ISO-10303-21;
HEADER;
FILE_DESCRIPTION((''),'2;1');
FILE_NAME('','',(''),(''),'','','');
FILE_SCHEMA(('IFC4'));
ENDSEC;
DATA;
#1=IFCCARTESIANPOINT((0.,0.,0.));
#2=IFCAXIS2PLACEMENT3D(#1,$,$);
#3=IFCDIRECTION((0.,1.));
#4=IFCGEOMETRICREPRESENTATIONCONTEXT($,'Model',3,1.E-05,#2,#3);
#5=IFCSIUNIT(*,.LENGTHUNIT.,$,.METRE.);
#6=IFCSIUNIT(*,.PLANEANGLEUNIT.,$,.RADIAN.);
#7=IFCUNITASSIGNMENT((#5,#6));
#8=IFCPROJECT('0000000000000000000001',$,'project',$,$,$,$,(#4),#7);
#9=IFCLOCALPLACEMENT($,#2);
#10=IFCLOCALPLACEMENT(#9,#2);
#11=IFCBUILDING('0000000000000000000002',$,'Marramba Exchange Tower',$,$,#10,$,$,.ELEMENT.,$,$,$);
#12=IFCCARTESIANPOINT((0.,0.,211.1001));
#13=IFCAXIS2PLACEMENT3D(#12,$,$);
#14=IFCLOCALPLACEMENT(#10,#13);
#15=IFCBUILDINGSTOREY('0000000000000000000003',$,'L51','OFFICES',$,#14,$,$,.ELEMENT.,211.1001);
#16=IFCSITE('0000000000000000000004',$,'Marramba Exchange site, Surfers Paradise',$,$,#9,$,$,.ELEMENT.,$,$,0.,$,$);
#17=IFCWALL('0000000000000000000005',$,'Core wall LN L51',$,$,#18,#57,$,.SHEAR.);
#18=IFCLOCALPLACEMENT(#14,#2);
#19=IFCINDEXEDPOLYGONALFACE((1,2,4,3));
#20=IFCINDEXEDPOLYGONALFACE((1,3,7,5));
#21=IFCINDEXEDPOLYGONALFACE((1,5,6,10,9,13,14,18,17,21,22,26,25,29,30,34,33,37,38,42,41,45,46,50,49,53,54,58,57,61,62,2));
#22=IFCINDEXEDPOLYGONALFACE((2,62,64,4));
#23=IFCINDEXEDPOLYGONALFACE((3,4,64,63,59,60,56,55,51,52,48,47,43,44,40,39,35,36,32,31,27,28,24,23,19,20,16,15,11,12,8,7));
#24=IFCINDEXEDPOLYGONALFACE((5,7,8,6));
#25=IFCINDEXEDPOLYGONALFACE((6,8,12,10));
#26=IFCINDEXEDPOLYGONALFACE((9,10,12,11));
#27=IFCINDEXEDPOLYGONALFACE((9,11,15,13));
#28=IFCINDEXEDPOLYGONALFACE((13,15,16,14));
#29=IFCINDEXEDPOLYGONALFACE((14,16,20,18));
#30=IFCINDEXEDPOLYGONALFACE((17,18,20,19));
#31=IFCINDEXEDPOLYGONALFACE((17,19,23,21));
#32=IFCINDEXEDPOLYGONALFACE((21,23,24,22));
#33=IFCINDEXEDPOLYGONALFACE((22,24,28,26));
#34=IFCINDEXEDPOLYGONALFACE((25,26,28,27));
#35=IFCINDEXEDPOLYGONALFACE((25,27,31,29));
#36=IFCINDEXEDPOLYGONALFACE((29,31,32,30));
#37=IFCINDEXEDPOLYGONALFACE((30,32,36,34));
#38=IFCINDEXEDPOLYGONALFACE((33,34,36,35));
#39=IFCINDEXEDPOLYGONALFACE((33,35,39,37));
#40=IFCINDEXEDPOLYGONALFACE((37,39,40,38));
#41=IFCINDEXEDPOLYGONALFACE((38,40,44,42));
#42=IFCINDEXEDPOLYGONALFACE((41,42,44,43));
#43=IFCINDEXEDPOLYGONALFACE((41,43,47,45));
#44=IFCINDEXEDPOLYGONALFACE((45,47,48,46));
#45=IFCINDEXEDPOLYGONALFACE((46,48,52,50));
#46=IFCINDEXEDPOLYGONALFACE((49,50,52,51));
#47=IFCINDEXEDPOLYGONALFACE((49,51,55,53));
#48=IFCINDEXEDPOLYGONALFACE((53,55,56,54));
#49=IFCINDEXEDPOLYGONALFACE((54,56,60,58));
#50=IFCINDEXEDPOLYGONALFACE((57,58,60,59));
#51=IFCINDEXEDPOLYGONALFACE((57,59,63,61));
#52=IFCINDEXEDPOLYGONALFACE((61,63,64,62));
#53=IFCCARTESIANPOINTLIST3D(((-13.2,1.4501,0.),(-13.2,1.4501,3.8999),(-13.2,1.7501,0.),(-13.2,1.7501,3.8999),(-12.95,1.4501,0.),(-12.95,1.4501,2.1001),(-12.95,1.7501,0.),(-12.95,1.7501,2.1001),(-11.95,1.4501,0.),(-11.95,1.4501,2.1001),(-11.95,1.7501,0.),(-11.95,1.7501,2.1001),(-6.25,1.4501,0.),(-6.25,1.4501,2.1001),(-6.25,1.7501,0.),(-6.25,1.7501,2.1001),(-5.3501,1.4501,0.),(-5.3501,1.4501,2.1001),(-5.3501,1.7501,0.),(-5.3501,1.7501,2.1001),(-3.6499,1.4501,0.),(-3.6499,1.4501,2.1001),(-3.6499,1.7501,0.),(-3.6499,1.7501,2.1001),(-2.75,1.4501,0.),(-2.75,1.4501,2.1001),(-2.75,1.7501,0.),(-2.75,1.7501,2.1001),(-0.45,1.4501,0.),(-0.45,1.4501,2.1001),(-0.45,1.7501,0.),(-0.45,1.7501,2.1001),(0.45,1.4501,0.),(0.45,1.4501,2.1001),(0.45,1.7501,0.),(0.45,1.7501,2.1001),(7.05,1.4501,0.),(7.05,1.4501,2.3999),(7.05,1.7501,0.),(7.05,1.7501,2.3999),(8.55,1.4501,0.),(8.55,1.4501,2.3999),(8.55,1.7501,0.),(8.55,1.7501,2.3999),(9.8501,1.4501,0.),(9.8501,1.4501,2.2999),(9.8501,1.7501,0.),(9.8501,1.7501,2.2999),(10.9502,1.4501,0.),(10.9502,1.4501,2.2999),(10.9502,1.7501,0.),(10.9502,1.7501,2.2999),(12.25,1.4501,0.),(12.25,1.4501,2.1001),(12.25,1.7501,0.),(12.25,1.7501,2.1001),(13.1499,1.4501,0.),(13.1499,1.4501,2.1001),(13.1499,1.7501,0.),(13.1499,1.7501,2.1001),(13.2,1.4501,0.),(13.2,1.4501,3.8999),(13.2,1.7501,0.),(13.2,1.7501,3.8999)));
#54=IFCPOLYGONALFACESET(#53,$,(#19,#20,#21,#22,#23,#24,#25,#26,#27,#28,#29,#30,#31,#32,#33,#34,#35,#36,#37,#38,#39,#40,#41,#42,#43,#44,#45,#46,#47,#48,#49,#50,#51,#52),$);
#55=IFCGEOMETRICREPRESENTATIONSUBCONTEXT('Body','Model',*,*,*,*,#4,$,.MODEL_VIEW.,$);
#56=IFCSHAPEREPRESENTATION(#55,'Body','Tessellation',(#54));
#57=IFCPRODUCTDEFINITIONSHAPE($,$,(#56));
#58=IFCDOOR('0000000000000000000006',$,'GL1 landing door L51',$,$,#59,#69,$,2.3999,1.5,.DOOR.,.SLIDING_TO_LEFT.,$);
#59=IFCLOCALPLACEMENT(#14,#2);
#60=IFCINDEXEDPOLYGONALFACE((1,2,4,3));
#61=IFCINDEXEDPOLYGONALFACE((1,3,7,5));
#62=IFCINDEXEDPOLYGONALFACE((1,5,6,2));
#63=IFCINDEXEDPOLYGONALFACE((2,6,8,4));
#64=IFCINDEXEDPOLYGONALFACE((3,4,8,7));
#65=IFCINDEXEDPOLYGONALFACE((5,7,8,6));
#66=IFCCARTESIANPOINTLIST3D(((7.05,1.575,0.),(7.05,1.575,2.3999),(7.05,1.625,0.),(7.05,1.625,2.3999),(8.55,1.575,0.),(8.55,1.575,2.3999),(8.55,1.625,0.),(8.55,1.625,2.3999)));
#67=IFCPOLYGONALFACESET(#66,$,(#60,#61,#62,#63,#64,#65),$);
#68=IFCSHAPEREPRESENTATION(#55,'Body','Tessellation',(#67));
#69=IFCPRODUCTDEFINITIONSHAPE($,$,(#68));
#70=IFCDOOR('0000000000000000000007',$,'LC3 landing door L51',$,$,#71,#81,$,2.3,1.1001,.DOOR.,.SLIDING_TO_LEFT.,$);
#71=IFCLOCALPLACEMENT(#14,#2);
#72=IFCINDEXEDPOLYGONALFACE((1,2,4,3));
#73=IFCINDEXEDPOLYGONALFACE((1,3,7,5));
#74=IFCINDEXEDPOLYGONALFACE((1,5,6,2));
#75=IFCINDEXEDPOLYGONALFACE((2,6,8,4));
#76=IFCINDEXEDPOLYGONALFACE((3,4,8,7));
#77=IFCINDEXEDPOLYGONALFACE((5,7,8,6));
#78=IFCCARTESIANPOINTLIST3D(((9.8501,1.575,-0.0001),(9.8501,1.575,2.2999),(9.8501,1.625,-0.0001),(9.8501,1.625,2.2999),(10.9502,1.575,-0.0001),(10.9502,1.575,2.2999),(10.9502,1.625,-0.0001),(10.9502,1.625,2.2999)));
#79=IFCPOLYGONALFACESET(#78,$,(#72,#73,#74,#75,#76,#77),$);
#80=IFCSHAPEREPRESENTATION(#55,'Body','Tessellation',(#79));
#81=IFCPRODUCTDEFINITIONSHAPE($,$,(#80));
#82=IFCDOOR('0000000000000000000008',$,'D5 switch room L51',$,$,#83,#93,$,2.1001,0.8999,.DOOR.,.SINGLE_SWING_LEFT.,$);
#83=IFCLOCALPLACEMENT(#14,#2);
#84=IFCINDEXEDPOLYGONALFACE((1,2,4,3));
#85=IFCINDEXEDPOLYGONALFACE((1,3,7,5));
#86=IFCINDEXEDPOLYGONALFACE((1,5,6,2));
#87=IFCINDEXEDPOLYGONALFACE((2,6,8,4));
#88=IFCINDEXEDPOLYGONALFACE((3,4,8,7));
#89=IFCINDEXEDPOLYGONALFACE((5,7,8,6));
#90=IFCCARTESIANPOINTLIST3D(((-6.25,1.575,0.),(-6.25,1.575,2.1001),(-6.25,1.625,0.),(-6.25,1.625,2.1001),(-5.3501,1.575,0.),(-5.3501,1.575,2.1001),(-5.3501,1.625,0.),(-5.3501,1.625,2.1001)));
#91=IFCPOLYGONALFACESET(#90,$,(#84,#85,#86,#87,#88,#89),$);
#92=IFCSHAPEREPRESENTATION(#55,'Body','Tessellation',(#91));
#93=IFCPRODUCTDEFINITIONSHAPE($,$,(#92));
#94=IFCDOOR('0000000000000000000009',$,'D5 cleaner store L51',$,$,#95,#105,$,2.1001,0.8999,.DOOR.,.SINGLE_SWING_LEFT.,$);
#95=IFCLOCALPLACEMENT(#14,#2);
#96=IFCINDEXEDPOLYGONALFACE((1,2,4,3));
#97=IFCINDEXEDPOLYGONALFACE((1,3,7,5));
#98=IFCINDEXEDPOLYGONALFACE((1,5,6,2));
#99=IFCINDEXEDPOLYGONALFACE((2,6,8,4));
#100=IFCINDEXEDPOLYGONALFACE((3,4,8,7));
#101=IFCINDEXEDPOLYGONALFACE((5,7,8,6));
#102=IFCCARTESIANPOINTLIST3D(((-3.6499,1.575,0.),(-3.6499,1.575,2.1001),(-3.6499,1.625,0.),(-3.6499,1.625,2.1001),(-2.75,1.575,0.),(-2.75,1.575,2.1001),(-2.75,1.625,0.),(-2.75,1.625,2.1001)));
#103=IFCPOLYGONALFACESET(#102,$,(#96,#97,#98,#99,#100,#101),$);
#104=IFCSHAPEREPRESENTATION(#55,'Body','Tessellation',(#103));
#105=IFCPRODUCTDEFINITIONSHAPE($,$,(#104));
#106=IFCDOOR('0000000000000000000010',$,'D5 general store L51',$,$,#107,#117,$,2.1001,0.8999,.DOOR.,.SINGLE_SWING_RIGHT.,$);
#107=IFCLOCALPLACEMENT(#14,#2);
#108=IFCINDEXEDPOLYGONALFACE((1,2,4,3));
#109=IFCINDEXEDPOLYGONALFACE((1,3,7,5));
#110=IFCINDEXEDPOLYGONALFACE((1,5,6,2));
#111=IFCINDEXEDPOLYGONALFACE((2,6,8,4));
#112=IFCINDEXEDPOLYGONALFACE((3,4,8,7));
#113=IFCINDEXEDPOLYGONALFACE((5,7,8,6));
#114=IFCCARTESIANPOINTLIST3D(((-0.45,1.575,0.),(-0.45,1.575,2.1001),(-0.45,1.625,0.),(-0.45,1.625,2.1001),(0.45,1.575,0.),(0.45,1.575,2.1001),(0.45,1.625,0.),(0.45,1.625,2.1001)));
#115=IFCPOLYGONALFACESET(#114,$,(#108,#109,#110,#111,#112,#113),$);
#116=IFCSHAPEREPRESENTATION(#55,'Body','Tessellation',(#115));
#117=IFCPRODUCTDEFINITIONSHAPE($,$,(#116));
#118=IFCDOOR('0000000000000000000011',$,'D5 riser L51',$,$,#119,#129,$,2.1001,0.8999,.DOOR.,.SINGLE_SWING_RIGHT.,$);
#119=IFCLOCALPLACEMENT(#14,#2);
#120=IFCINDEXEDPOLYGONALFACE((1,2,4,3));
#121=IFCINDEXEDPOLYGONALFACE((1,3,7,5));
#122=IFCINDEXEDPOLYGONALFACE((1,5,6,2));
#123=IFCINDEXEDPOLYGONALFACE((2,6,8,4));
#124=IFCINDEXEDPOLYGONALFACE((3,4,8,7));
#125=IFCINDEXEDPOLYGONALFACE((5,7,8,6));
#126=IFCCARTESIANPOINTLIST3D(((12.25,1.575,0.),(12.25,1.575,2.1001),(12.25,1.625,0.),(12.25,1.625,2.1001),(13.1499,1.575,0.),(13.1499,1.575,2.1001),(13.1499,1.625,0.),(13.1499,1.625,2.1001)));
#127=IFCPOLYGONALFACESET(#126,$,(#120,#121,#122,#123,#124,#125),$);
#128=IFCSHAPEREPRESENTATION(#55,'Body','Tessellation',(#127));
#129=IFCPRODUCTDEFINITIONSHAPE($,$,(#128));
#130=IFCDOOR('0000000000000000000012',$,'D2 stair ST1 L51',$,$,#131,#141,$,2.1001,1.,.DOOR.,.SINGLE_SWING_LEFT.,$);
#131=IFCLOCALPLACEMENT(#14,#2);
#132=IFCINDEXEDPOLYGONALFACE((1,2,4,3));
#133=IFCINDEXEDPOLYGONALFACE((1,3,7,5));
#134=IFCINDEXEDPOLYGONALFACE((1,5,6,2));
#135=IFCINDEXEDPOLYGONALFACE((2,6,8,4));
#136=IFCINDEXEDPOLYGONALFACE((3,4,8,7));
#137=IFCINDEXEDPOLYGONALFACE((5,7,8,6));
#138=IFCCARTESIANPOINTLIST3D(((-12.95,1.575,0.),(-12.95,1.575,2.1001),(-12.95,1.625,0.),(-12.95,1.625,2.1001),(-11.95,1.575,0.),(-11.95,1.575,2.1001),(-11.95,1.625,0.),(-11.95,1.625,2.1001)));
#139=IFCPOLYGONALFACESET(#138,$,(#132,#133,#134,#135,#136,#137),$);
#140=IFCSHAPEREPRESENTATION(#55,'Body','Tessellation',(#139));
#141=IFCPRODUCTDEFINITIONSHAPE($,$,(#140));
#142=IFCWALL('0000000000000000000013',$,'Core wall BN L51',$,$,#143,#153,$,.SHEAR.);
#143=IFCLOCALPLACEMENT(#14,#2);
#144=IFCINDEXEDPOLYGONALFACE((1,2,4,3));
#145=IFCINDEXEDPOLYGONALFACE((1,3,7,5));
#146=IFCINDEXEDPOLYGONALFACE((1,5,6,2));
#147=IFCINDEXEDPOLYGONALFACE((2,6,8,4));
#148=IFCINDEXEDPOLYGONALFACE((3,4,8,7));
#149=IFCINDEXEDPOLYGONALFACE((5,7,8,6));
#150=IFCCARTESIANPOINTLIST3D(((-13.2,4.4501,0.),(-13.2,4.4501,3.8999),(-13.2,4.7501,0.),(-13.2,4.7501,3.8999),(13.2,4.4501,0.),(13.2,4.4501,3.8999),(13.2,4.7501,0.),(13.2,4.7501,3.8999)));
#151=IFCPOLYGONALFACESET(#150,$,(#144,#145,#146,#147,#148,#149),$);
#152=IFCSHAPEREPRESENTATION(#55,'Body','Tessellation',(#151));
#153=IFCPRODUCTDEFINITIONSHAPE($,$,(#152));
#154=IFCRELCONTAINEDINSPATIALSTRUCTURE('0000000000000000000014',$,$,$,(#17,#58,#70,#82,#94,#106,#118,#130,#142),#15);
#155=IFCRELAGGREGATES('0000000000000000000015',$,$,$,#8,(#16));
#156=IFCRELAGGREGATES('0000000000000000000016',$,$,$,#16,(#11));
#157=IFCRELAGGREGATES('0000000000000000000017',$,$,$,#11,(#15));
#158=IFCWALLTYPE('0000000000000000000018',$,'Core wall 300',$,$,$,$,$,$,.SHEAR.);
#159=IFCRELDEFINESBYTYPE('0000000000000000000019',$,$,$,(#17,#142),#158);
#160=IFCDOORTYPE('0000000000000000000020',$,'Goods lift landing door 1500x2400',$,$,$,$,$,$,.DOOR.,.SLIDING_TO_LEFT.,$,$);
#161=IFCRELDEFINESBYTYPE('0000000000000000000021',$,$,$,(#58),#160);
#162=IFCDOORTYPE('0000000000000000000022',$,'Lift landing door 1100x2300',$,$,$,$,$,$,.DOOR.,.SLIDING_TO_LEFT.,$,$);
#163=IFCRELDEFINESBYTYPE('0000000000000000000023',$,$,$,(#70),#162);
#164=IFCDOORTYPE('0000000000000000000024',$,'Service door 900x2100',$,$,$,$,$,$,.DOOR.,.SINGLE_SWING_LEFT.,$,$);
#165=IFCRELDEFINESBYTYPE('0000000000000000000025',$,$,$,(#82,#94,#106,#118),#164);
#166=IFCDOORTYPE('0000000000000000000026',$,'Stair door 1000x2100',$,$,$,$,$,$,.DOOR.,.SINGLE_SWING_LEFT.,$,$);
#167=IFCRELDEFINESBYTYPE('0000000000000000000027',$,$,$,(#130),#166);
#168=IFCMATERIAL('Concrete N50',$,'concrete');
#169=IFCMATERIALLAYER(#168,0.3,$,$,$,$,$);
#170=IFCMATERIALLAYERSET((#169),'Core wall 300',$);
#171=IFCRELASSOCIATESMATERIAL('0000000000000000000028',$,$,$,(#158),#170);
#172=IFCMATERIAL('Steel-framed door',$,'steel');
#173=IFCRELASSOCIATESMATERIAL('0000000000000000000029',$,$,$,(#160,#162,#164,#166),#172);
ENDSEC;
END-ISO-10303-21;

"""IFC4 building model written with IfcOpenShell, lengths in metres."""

from ifc_helpers import new_model, si_unit, direction, frame, frame_2d, origin, place, context, subcontext, project, spatial, rectangle, extrude, material, layer, layer_set, type_object, element, fill, save


model = new_model("IFC4")

# Units and contexts
model_context = context("Model", 3, precision=1e-05, world=origin(), true_north=direction((0.0, 1.0)))
body_context = subcontext(model_context, "Body", "Model", "MODEL_VIEW")
ifc_project = project(units=[si_unit("LENGTHUNIT", "METRE"), si_unit("PLANEANGLEUNIT", "RADIAN")], contexts=[model_context])

# Site, building, storey
site_placement = place(None, origin())
site = spatial("IfcSite", under=ifc_project, at=site_placement, Name="Marramba Exchange site, Surfers Paradise", CompositionType="ELEMENT", RefElevation=0.0)
building_placement = place(site_placement, origin())
building = spatial("IfcBuilding", under=site, at=building_placement, Name="Marramba Exchange Tower", CompositionType="ELEMENT")
storey_placement = place(building_placement, frame((0.0, 0.0, 211.1001)))
storey = spatial("IfcBuildingStorey", under=building, at=storey_placement, Name="L51", Description="OFFICES", CompositionType="ELEMENT", Elevation=211.1001)

# Shared definitions
ifc_material_1 = material(Name="Concrete N50", Category="concrete")
ifc_material_2 = material(Name="Steel-framed door", Category="steel")

# Wall, openings, doors
ifc_layer_1 = layer(ifc_material_1, 0.3)
ifc_layer_set_1 = layer_set([ifc_layer_1], Name="Core wall 300")
wall_type_1 = type_object("IfcWallType", Name="Core wall 300", PredefinedType="SHEAR", material=ifc_layer_set_1)
wall_1_placement = place(storey_placement, frame((-13.2, 1.6001, 0.0), z_axis=(0.0, 0.0, 1.0), x_axis=(1.0, 0.0, 0.0)))
wall_1 = element("IfcWall", 1, at=wall_1_placement, inside=storey, type_object=wall_type_1, Name="Core wall LN L51", PredefinedType="SHEAR", context=body_context, shape_type="SweptSolid", body=[
    extrude(rectangle(XDim=26.3999, YDim=0.3, at=frame_2d((13.2, 0.0))), origin(), (0.0, 0.0, 1.0), 3.8999),
])
opening_1_placement = place(wall_1_placement, frame((0.25, 0.0, 0.0)))
opening_1 = element("IfcOpeningElement", 2, at=opening_1_placement, cuts=wall_1, PredefinedType="OPENING", context=body_context, shape_type="SweptSolid", body=[
    extrude(rectangle(XDim=1.0, YDim=2.1001, at=frame_2d((0.5, 1.05))), frame((0.0, 0.1599, 0.0), z_axis=(0.0, -1.0, 0.0), x_axis=(1.0, 0.0, 0.0)), (0.0, 0.0, 1.0), 0.3201),
])
opening_2_placement = place(wall_1_placement, frame((23.05, 0.0, 0.0)))
opening_2 = element("IfcOpeningElement", 3, at=opening_2_placement, cuts=wall_1, PredefinedType="OPENING", context=body_context, shape_type="SweptSolid", body=[
    extrude(rectangle(XDim=1.1001, YDim=2.3, at=frame_2d((0.55, 1.1499))), frame((0.0, 0.1599, 0.0), z_axis=(0.0, -1.0, 0.0), x_axis=(1.0, 0.0, 0.0)), (0.0, 0.0, 1.0), 0.3201),
])
opening_3_placement = place(wall_1_placement, frame((20.25, 0.0, 0.0)))
opening_3 = element("IfcOpeningElement", 4, at=opening_3_placement, cuts=wall_1, PredefinedType="OPENING", context=body_context, shape_type="SweptSolid", body=[
    extrude(rectangle(XDim=1.5, YDim=2.3999, at=frame_2d((0.75, 1.2))), frame((0.0, 0.1599, 0.0), z_axis=(0.0, -1.0, 0.0), x_axis=(1.0, 0.0, 0.0)), (0.0, 0.0, 1.0), 0.3201),
])
opening_4_placement = place(wall_1_placement, frame((6.95, 0.0, 0.0)))
opening_4 = element("IfcOpeningElement", 5, at=opening_4_placement, cuts=wall_1, PredefinedType="OPENING", context=body_context, shape_type="SweptSolid", body=[
    extrude(rectangle(XDim=0.8999, YDim=2.1001, at=frame_2d((0.45, 1.05))), frame((0.0, 0.1599, 0.0), z_axis=(0.0, -1.0, 0.0), x_axis=(1.0, 0.0, 0.0)), (0.0, 0.0, 1.0), 0.3201),
])
opening_5_placement = place(wall_1_placement, frame((9.55, 0.0, 0.0)))
opening_5 = element("IfcOpeningElement", 6, at=opening_5_placement, cuts=wall_1, PredefinedType="OPENING", context=body_context, shape_type="SweptSolid", body=[
    extrude(rectangle(XDim=0.8999, YDim=2.1001, at=frame_2d((0.45, 1.05))), frame((0.0, 0.1599, 0.0), z_axis=(0.0, -1.0, 0.0), x_axis=(1.0, 0.0, 0.0)), (0.0, 0.0, 1.0), 0.3201),
])
opening_6_placement = place(wall_1_placement, frame((12.75, 0.0, 0.0)))
opening_6 = element("IfcOpeningElement", 7, at=opening_6_placement, cuts=wall_1, PredefinedType="OPENING", context=body_context, shape_type="SweptSolid", body=[
    extrude(rectangle(XDim=0.8999, YDim=2.1001, at=frame_2d((0.45, 1.05))), frame((0.0, 0.1599, 0.0), z_axis=(0.0, -1.0, 0.0), x_axis=(1.0, 0.0, 0.0)), (0.0, 0.0, 1.0), 0.3201),
])
opening_7_placement = place(wall_1_placement, frame((25.45, 0.0, 0.0)))
opening_7 = element("IfcOpeningElement", 8, at=opening_7_placement, cuts=wall_1, PredefinedType="OPENING", context=body_context, shape_type="SweptSolid", body=[
    extrude(rectangle(XDim=0.8999, YDim=2.1001, at=frame_2d((0.45, 1.05))), frame((0.0, 0.1599, 0.0), z_axis=(0.0, -1.0, 0.0), x_axis=(1.0, 0.0, 0.0)), (0.0, 0.0, 1.0), 0.3201),
])
door_type_1 = type_object("IfcDoorType", Name="Goods lift landing door 1500x2400", OperationType="SLIDING_TO_LEFT", PredefinedType="DOOR", material=ifc_material_2)
door_1_placement = place(opening_3_placement, origin())
door_1 = element("IfcDoor", 9, at=door_1_placement, inside=storey, type_object=door_type_1, Name="GL1 landing door L51", OperationType="SLIDING_TO_LEFT", OverallHeight=2.3999, OverallWidth=1.5, PredefinedType="DOOR", context=body_context, shape_type="SweptSolid", body=[
    extrude(rectangle(XDim=1.5, YDim=2.3999, at=frame_2d((0.75, 1.2))), frame((0.0, 0.0249, 0.0), z_axis=(0.0, -1.0, 0.0), x_axis=(1.0, 0.0, 0.0)), (0.0, 0.0, 1.0), 0.05),
])
fill(opening_3, door_1)
door_type_2 = type_object("IfcDoorType", Name="Lift landing door 1100x2300", OperationType="SLIDING_TO_LEFT", PredefinedType="DOOR", material=ifc_material_2)
door_2_placement = place(opening_2_placement, origin())
door_2 = element("IfcDoor", 10, at=door_2_placement, inside=storey, type_object=door_type_2, Name="LC3 landing door L51", OperationType="SLIDING_TO_LEFT", OverallHeight=2.3, OverallWidth=1.1001, PredefinedType="DOOR", context=body_context, shape_type="SweptSolid", body=[
    extrude(rectangle(XDim=1.1001, YDim=2.3, at=frame_2d((0.55, 1.1499))), frame((0.0, 0.0249, 0.0), z_axis=(0.0, -1.0, 0.0), x_axis=(1.0, 0.0, 0.0)), (0.0, 0.0, 1.0), 0.05),
])
fill(opening_2, door_2)
door_type_3 = type_object("IfcDoorType", Name="Service door 900x2100", OperationType="SINGLE_SWING_LEFT", PredefinedType="DOOR", material=ifc_material_2)
door_3_placement = place(opening_4_placement, origin())
door_3 = element("IfcDoor", 11, at=door_3_placement, inside=storey, type_object=door_type_3, Name="D5 switch room L51", OperationType="SINGLE_SWING_LEFT", OverallHeight=2.1001, OverallWidth=0.8999, PredefinedType="DOOR", context=body_context, shape_type="SweptSolid", body=[
    extrude(rectangle(XDim=0.8999, YDim=2.1001, at=frame_2d((0.45, 1.05))), frame((0.0, 0.0249, 0.0), z_axis=(0.0, -1.0, 0.0), x_axis=(1.0, 0.0, 0.0)), (0.0, 0.0, 1.0), 0.05),
])
fill(opening_4, door_3)
door_4_placement = place(opening_5_placement, origin())
door_4 = element("IfcDoor", 12, at=door_4_placement, inside=storey, type_object=door_type_3, Name="D5 cleaner store L51", OperationType="SINGLE_SWING_LEFT", OverallHeight=2.1001, OverallWidth=0.8999, PredefinedType="DOOR", context=body_context, shape_type="SweptSolid", body=[
    extrude(rectangle(XDim=0.8999, YDim=2.1001, at=frame_2d((0.45, 1.05))), frame((0.0, 0.0249, 0.0), z_axis=(0.0, -1.0, 0.0), x_axis=(1.0, 0.0, 0.0)), (0.0, 0.0, 1.0), 0.05),
])
fill(opening_5, door_4)
door_5_placement = place(opening_6_placement, origin())
door_5 = element("IfcDoor", 13, at=door_5_placement, inside=storey, type_object=door_type_3, Name="D5 general store L51", OperationType="SINGLE_SWING_RIGHT", OverallHeight=2.1001, OverallWidth=0.8999, PredefinedType="DOOR", context=body_context, shape_type="SweptSolid", body=[
    extrude(rectangle(XDim=0.8999, YDim=2.1001, at=frame_2d((0.45, 1.05))), frame((0.0, 0.0249, 0.0), z_axis=(0.0, -1.0, 0.0), x_axis=(1.0, 0.0, 0.0)), (0.0, 0.0, 1.0), 0.05),
])
fill(opening_6, door_5)
door_6_placement = place(opening_7_placement, origin())
door_6 = element("IfcDoor", 14, at=door_6_placement, inside=storey, type_object=door_type_3, Name="D5 riser L51", OperationType="SINGLE_SWING_RIGHT", OverallHeight=2.1001, OverallWidth=0.8999, PredefinedType="DOOR", context=body_context, shape_type="SweptSolid", body=[
    extrude(rectangle(XDim=0.8999, YDim=2.1001, at=frame_2d((0.45, 1.05))), frame((0.0, 0.0249, 0.0), z_axis=(0.0, -1.0, 0.0), x_axis=(1.0, 0.0, 0.0)), (0.0, 0.0, 1.0), 0.05),
])
fill(opening_7, door_6)
door_type_4 = type_object("IfcDoorType", Name="Stair door 1000x2100", OperationType="SINGLE_SWING_LEFT", PredefinedType="DOOR", material=ifc_material_2)
door_7_placement = place(opening_1_placement, origin())
door_7 = element("IfcDoor", 15, at=door_7_placement, inside=storey, type_object=door_type_4, Name="D2 stair ST1 L51", OperationType="SINGLE_SWING_LEFT", OverallHeight=2.1001, OverallWidth=1.0, PredefinedType="DOOR", context=body_context, shape_type="SweptSolid", body=[
    extrude(rectangle(XDim=1.0, YDim=2.1001, at=frame_2d((0.5, 1.05))), frame((0.0, 0.0249, 0.0), z_axis=(0.0, -1.0, 0.0), x_axis=(1.0, 0.0, 0.0)), (0.0, 0.0, 1.0), 0.05),
])
fill(opening_1, door_7)

# Wall
wall_2_placement = place(storey_placement, frame((-13.2, 4.6001, 0.0), z_axis=(0.0, 0.0, 1.0), x_axis=(1.0, 0.0, 0.0)))
element("IfcWall", 16, at=wall_2_placement, inside=storey, type_object=wall_type_1, Name="Core wall BN L51", PredefinedType="SHEAR", context=body_context, shape_type="SweptSolid", body=[
    extrude(rectangle(XDim=26.3999, YDim=0.3, at=frame_2d((13.2, 0.0))), origin(), (0.0, 0.0, 1.0), 3.8999),
])

save(model, "model.ifc")
